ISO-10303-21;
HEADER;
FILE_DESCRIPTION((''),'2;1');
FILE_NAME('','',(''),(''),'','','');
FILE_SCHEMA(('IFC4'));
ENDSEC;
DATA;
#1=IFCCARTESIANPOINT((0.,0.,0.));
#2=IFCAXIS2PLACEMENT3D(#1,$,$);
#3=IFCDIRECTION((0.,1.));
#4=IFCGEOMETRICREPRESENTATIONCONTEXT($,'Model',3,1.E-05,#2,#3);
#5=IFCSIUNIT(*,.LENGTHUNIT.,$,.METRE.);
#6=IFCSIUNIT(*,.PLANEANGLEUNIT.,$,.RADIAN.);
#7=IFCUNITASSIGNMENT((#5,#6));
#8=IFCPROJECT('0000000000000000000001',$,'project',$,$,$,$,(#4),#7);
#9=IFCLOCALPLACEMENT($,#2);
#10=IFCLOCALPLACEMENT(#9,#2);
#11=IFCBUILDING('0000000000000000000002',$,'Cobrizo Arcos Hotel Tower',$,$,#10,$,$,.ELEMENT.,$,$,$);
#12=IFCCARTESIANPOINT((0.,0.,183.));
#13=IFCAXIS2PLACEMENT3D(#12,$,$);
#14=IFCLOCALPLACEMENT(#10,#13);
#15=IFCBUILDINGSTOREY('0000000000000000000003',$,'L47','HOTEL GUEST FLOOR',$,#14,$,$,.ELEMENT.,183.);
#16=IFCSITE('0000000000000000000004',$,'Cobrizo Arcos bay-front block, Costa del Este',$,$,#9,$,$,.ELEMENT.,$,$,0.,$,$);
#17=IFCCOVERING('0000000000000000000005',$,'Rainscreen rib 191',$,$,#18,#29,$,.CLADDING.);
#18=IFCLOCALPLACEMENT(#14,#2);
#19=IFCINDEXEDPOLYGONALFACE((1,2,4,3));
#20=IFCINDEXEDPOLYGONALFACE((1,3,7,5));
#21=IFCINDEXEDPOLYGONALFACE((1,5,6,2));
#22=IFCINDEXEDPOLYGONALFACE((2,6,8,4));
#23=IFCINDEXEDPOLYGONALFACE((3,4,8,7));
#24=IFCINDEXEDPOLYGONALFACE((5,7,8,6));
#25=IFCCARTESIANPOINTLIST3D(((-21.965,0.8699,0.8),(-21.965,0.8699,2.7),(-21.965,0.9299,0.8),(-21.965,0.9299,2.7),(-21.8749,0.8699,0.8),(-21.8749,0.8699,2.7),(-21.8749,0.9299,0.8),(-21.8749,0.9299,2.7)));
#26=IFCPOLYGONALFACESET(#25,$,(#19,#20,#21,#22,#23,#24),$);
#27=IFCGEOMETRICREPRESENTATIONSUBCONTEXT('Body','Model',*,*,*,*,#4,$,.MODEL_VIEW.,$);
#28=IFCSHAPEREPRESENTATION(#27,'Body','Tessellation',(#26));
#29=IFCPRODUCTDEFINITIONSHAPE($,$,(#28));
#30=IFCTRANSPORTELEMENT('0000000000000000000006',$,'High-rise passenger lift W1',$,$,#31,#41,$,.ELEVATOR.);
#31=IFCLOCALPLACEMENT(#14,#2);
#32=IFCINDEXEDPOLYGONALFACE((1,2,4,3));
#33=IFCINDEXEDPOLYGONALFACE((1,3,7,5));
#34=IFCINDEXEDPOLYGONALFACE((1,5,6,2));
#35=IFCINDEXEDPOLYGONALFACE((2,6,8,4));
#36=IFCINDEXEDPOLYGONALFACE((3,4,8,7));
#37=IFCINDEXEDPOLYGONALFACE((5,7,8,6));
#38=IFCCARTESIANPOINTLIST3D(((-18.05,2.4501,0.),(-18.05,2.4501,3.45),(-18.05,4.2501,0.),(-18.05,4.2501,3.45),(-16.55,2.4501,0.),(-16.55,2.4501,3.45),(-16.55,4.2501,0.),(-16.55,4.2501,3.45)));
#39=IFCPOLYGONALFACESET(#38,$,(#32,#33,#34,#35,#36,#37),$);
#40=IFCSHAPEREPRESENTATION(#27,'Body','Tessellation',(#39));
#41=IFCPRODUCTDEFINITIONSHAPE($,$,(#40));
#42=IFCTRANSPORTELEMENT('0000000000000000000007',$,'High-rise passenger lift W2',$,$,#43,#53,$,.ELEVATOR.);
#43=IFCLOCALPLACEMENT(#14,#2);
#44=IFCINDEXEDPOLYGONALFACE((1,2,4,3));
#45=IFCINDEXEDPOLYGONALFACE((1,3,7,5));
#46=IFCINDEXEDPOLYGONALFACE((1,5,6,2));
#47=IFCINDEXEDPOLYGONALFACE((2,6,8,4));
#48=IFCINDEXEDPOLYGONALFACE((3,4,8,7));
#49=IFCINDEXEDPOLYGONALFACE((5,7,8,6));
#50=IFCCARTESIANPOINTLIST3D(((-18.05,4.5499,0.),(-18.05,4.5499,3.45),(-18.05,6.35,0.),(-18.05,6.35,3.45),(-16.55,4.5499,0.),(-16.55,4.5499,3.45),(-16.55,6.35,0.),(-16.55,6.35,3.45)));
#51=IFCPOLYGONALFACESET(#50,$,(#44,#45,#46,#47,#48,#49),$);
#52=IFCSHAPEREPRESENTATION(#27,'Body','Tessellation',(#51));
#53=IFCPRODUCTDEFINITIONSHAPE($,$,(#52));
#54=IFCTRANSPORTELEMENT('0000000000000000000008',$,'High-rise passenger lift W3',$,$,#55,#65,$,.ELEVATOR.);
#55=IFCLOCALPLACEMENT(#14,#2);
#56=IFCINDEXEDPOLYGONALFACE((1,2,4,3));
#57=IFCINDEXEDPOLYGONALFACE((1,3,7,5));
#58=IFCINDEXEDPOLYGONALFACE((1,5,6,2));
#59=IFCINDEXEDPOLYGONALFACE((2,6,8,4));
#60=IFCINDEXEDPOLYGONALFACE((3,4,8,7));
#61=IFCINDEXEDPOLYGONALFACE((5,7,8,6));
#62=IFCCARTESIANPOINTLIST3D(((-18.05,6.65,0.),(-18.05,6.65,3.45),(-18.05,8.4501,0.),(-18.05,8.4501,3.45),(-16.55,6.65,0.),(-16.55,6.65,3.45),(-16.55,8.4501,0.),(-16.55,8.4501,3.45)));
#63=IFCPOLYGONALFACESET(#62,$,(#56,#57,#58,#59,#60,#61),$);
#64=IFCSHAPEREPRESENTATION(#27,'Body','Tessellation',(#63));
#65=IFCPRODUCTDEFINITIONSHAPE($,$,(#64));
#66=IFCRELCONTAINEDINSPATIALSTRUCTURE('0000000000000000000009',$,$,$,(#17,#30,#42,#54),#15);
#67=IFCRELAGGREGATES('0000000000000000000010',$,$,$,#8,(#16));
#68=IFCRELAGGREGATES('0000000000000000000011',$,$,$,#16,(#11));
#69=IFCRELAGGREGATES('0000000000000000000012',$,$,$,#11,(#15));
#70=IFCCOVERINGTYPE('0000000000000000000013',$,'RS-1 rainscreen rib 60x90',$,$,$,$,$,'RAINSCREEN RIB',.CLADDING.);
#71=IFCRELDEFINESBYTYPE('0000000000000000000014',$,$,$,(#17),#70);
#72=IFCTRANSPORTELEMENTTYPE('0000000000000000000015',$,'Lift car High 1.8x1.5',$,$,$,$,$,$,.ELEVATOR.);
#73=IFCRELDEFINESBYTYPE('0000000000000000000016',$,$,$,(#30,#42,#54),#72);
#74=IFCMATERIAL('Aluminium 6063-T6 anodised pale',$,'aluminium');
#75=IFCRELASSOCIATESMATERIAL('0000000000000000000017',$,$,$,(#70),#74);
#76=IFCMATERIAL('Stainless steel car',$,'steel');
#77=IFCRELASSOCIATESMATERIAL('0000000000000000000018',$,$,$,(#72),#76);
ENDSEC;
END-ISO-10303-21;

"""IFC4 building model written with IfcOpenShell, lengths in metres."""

from ifc_helpers import new_model, si_unit, direction, frame, origin, origin_2d, place, context, subcontext, project, spatial, rectangle, extrude, material, type_object, element, save


model = new_model("IFC4")

# Units and contexts
model_context = context("Model", 3, precision=1e-05, world=origin(), true_north=direction((0.0, 1.0)))
body_context = subcontext(model_context, "Body", "Model", "MODEL_VIEW")
ifc_project = project(units=[si_unit("LENGTHUNIT", "METRE"), si_unit("PLANEANGLEUNIT", "RADIAN")], contexts=[model_context])

# Site, building, storey
site_placement = place(None, origin())
site = spatial("IfcSite", under=ifc_project, at=site_placement, Name="Cobrizo Arcos bay-front block, Costa del Este", CompositionType="ELEMENT", RefElevation=0.0)
building_placement = place(site_placement, origin())
building = spatial("IfcBuilding", under=site, at=building_placement, Name="Cobrizo Arcos Hotel Tower", CompositionType="ELEMENT")
storey_placement = place(building_placement, frame((0.0, 0.0, 183.0)))
storey = spatial("IfcBuildingStorey", under=building, at=storey_placement, Name="L47", Description="HOTEL GUEST FLOOR", CompositionType="ELEMENT", Elevation=183.0)

# Covering
ifc_material_1 = material(Name="Aluminium 6063-T6 anodised pale", Category="aluminium")
covering_type_1 = type_object("IfcCoveringType", Name="RS-1 rainscreen rib 60x90", ElementType="RAINSCREEN RIB", PredefinedType="CLADDING", material=ifc_material_1)
covering_1_placement = place(storey_placement, frame((-21.9199, 0.8999, 0.8), z_axis=(0.0, 0.0, 1.0), x_axis=(0.0, -1.0, 0.0)))
element("IfcCovering", 1, at=covering_1_placement, inside=storey, type_object=covering_type_1, Name="Rainscreen rib 191", PredefinedType="CLADDING", context=body_context, shape_type="SweptSolid", body=[
    extrude(rectangle(XDim=0.0601, YDim=0.0901, at=origin_2d()), origin(), (0.0, 0.0, 1.0), 1.8999),
])

# Transport elements
ifc_material_2 = material(Name="Stainless steel car", Category="steel")
transport_element_type = type_object("IfcTransportElementType", Name="Lift car High 1.8x1.5", PredefinedType="ELEVATOR", material=ifc_material_2)
for number, where, z_axis, x_axis, name in (
    (2, (-17.3, 3.3501, 0.0), (0.0, 0.0, 1.0), (1.0, 0.0, 0.0), "High-rise passenger lift W1"),
    (3, (-17.3, 5.45, 0.0), (0.0, 0.0, 1.0), (1.0, 0.0, 0.0), "High-rise passenger lift W2"),
    (4, (-17.3, 7.55, 0.0), (0.0, 0.0, 1.0), (1.0, 0.0, 0.0), "High-rise passenger lift W3"),
):
    element("IfcTransportElement", number, at=place(storey_placement, frame(where, z_axis=z_axis, x_axis=x_axis)), inside=storey, type_object=transport_element_type, Name=name, PredefinedType="ELEVATOR", context=body_context, shape_type="SweptSolid", body=[
        extrude(rectangle(XDim=1.5, YDim=1.8, at=origin_2d()), origin(), (0.0, 0.0, 1.0), 3.45),
    ])

save(model, "model.ifc")
